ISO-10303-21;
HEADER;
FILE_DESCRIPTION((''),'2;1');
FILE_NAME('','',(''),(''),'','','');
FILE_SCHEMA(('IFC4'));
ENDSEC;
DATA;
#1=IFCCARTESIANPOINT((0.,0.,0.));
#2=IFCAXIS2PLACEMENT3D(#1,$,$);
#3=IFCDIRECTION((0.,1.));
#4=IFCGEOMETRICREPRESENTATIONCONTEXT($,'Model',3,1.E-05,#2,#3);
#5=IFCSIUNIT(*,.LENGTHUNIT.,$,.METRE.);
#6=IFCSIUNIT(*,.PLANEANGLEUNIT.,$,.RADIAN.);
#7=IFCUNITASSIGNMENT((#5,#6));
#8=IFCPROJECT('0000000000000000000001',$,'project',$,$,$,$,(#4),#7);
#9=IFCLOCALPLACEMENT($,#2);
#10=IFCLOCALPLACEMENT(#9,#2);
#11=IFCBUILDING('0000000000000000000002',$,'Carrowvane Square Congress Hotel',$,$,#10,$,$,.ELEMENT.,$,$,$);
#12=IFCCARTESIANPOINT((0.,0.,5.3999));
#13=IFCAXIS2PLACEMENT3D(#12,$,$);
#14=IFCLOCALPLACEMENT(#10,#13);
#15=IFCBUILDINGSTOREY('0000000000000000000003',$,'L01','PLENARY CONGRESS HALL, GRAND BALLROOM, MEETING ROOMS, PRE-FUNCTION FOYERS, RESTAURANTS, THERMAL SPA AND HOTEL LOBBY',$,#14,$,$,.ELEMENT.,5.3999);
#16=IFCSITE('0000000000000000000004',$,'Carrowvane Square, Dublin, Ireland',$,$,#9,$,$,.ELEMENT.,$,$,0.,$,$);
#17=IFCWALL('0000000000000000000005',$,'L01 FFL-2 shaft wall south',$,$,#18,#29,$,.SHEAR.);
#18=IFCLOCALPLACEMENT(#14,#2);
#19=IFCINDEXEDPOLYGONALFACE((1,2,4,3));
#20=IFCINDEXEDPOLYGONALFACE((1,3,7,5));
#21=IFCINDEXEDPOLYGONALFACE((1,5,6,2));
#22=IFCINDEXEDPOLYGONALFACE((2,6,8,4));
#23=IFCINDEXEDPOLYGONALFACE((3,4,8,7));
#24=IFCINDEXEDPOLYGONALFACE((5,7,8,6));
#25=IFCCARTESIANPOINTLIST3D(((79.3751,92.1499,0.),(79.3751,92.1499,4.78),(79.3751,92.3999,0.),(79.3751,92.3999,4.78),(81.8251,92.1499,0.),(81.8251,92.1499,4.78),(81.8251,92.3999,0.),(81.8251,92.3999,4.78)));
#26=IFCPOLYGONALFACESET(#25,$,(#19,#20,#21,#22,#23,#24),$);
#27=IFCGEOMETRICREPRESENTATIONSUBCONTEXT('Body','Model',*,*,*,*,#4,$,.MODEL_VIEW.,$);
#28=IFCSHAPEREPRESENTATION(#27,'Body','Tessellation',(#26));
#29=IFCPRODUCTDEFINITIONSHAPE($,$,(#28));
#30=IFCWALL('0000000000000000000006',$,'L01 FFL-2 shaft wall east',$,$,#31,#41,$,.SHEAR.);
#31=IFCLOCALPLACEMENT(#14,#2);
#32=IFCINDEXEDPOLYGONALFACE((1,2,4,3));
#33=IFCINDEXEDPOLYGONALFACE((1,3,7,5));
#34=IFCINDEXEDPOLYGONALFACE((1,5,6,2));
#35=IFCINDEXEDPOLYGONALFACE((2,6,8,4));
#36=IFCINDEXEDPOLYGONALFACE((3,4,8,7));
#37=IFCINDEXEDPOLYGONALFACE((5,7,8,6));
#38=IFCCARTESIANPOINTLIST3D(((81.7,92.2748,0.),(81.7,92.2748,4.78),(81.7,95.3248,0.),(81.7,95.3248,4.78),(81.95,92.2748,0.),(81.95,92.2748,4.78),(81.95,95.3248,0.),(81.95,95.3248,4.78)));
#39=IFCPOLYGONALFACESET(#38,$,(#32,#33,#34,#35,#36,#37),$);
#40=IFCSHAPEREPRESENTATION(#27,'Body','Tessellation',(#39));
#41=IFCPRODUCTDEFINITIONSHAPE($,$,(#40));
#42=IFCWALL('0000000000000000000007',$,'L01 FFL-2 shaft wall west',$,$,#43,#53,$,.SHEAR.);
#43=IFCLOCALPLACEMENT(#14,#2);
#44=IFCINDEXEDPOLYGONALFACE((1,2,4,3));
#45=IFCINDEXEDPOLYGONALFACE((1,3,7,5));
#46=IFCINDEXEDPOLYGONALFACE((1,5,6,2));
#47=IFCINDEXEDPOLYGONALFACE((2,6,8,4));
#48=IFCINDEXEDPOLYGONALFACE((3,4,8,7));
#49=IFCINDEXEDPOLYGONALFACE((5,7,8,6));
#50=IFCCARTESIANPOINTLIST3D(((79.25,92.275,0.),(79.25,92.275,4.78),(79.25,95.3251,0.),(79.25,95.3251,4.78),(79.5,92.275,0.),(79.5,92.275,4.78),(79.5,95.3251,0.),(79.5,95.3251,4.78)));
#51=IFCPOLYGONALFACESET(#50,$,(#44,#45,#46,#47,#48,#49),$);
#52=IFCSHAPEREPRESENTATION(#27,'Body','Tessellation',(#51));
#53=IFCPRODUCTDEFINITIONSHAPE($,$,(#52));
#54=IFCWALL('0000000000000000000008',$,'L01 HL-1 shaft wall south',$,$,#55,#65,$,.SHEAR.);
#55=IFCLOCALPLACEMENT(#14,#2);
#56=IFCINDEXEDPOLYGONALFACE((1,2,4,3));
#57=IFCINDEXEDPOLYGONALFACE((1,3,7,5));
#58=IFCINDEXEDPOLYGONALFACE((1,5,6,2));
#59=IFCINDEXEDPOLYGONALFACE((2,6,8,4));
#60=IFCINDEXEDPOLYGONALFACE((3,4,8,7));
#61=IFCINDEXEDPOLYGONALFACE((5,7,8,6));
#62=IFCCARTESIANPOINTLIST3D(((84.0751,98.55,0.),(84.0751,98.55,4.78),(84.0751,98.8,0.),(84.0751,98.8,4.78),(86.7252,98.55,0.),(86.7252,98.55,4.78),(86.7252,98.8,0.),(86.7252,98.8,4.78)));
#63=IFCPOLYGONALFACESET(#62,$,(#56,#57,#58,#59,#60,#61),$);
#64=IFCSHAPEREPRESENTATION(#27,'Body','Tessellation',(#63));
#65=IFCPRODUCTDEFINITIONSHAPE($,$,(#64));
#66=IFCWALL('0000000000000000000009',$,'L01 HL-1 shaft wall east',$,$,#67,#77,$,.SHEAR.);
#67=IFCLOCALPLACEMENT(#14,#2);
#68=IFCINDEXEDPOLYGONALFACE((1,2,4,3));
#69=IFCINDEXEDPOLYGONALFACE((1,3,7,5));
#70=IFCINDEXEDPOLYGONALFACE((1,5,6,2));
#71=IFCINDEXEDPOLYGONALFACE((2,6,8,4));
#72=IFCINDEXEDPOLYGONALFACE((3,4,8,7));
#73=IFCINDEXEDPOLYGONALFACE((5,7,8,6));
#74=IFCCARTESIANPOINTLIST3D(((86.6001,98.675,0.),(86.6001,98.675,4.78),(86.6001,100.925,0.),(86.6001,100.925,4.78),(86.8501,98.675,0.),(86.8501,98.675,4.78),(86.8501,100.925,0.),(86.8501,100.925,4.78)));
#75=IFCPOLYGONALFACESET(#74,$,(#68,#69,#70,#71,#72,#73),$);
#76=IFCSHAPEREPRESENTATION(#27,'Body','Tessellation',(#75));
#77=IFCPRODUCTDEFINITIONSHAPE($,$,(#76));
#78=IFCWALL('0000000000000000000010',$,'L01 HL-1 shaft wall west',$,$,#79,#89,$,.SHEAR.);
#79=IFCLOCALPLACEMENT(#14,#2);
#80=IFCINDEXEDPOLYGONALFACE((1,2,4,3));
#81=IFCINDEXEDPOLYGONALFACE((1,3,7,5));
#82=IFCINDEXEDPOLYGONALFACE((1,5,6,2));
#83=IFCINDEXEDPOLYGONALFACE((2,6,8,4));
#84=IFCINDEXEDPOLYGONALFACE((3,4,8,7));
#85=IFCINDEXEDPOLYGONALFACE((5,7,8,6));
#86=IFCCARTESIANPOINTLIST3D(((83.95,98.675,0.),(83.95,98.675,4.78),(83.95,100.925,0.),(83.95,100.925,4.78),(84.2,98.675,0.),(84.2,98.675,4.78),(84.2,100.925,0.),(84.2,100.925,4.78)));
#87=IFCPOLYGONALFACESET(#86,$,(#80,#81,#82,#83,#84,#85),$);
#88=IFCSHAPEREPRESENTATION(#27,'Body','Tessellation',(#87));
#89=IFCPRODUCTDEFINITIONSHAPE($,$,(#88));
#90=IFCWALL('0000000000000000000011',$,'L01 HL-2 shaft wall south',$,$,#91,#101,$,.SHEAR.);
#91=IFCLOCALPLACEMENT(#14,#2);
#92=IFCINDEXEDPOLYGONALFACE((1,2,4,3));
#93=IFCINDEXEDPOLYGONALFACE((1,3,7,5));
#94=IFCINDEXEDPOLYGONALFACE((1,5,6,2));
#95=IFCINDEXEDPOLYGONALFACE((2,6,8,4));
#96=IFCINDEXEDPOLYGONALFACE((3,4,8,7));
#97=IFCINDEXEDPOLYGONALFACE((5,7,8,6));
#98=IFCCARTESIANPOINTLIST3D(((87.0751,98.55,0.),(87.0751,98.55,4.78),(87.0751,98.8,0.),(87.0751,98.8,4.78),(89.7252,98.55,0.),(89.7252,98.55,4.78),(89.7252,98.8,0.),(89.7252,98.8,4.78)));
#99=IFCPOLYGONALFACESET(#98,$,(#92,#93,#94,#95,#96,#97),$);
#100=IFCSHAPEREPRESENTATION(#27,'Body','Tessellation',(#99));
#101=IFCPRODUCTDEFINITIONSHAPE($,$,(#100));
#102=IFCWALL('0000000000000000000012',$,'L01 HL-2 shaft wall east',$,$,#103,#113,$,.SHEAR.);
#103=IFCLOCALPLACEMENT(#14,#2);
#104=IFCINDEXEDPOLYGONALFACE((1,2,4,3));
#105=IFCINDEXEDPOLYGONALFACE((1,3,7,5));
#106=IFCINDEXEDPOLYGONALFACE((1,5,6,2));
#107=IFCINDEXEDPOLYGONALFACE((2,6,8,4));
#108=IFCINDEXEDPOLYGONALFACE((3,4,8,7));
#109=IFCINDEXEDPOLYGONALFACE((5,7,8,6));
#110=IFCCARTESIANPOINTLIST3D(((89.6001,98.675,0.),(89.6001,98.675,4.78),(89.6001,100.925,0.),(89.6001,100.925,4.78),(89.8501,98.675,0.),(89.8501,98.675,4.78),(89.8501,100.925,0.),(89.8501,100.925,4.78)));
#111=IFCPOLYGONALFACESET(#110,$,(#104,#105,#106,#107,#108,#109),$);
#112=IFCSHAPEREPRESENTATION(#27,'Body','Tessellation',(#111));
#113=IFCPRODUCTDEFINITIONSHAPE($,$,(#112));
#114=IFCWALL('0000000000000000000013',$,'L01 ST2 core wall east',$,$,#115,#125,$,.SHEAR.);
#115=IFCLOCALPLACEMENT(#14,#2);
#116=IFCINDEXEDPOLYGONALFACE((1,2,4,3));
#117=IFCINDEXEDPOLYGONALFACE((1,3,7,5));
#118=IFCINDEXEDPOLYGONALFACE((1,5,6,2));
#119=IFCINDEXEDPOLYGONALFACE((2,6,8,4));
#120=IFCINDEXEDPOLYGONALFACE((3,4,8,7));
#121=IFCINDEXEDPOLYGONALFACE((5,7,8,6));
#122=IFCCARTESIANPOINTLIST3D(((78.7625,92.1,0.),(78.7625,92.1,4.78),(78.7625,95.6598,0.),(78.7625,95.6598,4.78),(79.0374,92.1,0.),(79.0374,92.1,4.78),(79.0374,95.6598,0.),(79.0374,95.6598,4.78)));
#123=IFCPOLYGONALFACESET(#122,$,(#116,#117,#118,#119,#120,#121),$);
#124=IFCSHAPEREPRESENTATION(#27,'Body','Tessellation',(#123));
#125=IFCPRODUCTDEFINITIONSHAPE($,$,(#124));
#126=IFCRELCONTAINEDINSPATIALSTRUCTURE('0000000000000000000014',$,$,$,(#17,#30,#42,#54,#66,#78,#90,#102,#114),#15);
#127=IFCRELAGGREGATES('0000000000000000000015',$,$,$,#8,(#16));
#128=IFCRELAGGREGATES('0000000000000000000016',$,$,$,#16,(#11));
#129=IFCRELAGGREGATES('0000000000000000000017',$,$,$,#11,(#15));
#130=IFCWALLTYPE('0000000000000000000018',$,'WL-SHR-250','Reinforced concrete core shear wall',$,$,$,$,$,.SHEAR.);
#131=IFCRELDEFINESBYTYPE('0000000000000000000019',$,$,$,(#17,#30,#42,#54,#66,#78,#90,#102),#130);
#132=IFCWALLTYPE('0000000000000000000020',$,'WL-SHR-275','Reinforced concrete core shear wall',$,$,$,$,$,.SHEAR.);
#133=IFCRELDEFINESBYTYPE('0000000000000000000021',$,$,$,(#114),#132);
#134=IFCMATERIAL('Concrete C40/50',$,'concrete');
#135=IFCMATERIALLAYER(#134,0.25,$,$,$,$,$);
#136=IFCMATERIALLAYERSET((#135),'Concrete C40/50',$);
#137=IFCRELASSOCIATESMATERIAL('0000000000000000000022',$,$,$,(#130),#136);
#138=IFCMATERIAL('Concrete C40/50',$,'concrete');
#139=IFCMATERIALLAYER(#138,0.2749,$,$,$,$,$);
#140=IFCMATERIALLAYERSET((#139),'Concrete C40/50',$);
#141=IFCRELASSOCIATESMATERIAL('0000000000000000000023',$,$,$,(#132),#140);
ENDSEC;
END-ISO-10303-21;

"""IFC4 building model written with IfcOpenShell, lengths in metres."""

from ifc_helpers import new_model, si_unit, direction, frame, frame_2d, origin, place, context, subcontext, project, spatial, rectangle, extrude, material, layer, layer_set, type_object, element, save


model = new_model("IFC4")

# Units and contexts
model_context = context("Model", 3, precision=1e-05, world=origin(), true_north=direction((0.0, 1.0)))
body_context = subcontext(model_context, "Body", "Model", "MODEL_VIEW")
ifc_project = project(units=[si_unit("LENGTHUNIT", "METRE"), si_unit("PLANEANGLEUNIT", "RADIAN")], contexts=[model_context])

# Site, building, storey
site_placement = place(None, origin())
site = spatial("IfcSite", under=ifc_project, at=site_placement, Name="Carrowvane Square, Dublin, Ireland", CompositionType="ELEMENT", RefElevation=0.0)
building_placement = place(site_placement, origin())
building = spatial("IfcBuilding", under=site, at=building_placement, Name="Carrowvane Square Congress Hotel", CompositionType="ELEMENT")
storey_placement = place(building_placement, frame((0.0, 0.0, 5.3999)))
storey = spatial("IfcBuildingStorey", under=building, at=storey_placement, Name="L01", Description="PLENARY CONGRESS HALL, GRAND BALLROOM, MEETING ROOMS, PRE-FUNCTION FOYERS, RESTAURANTS, THERMAL SPA AND HOTEL LOBBY", CompositionType="ELEMENT", Elevation=5.3999)

# Shared definitions
ifc_material_1 = material(Name="Concrete C40/50", Category="concrete")
ifc_layer_1 = layer(ifc_material_1, 0.25)
ifc_layer_set_1 = layer_set([ifc_layer_1], Name="Concrete C40/50")
wall_type_1 = type_object("IfcWallType", Name="WL-SHR-250", Description="Reinforced concrete core shear wall", PredefinedType="SHEAR", material=ifc_layer_set_1)

# Walls
wall_1_placement = place(storey_placement, frame((79.375, 92.2749, 0.0), z_axis=(0.0, 0.0, 1.0), x_axis=(1.0, 0.0, 0.0)))
element("IfcWall", 1, at=wall_1_placement, inside=storey, type_object=wall_type_1, Name="L01 FFL-2 shaft wall south", PredefinedType="SHEAR", context=body_context, shape_type="SweptSolid", body=[
    extrude(rectangle(XDim=2.45, YDim=0.25, at=frame_2d((1.2251, 0.0))), origin(), (0.0, 0.0, 1.0), 4.78),
])
wall_2_placement = place(storey_placement, frame((81.825, 92.2749, 0.0), z_axis=(0.0, 0.0, 1.0), x_axis=(0.0, 1.0, 0.0)))
element("IfcWall", 2, at=wall_2_placement, inside=storey, type_object=wall_type_1, Name="L01 FFL-2 shaft wall east", PredefinedType="SHEAR", context=body_context, shape_type="SweptSolid", body=[
    extrude(rectangle(XDim=3.05, YDim=0.25, at=frame_2d((1.5249, 0.0))), origin(), (0.0, 0.0, 1.0), 4.78),
])

# Walls
wall_3_placement = place(storey_placement, frame((79.375, 95.325, 0.0), z_axis=(0.0, 0.0, 1.0), x_axis=(0.0, -1.0, 0.0)))
element("IfcWall", 3, at=wall_3_placement, inside=storey, type_object=wall_type_1, Name="L01 FFL-2 shaft wall west", PredefinedType="SHEAR", context=body_context, shape_type="SweptSolid", body=[
    extrude(rectangle(XDim=3.05, YDim=0.25, at=frame_2d((1.5249, 0.0))), origin(), (0.0, 0.0, 1.0), 4.78),
])
wall_4_placement = place(storey_placement, frame((84.075, 98.675, 0.0), z_axis=(0.0, 0.0, 1.0), x_axis=(1.0, 0.0, 0.0)))
element("IfcWall", 4, at=wall_4_placement, inside=storey, type_object=wall_type_1, Name="L01 HL-1 shaft wall south", PredefinedType="SHEAR", context=body_context, shape_type="SweptSolid", body=[
    extrude(rectangle(XDim=2.6501, YDim=0.25, at=frame_2d((1.3252, 0.0))), origin(), (0.0, 0.0, 1.0), 4.78),
])
wall_5_placement = place(storey_placement, frame((86.7251, 98.675, 0.0), z_axis=(0.0, 0.0, 1.0), x_axis=(0.0, 1.0, 0.0)))
element("IfcWall", 5, at=wall_5_placement, inside=storey, type_object=wall_type_1, Name="L01 HL-1 shaft wall east", PredefinedType="SHEAR", context=body_context, shape_type="SweptSolid", body=[
    extrude(rectangle(XDim=2.25, YDim=0.25, at=frame_2d((1.125, 0.0))), origin(), (0.0, 0.0, 1.0), 4.78),
])

# Walls
wall_6_placement = place(storey_placement, frame((84.075, 100.925, 0.0), z_axis=(0.0, 0.0, 1.0), x_axis=(0.0, -1.0, 0.0)))
element("IfcWall", 6, at=wall_6_placement, inside=storey, type_object=wall_type_1, Name="L01 HL-1 shaft wall west", PredefinedType="SHEAR", context=body_context, shape_type="SweptSolid", body=[
    extrude(rectangle(XDim=2.25, YDim=0.25, at=frame_2d((1.125, 0.0))), origin(), (0.0, 0.0, 1.0), 4.78),
])
wall_7_placement = place(storey_placement, frame((87.075, 98.675, 0.0), z_axis=(0.0, 0.0, 1.0), x_axis=(1.0, 0.0, 0.0)))
element("IfcWall", 7, at=wall_7_placement, inside=storey, type_object=wall_type_1, Name="L01 HL-2 shaft wall south", PredefinedType="SHEAR", context=body_context, shape_type="SweptSolid", body=[
    extrude(rectangle(XDim=2.6501, YDim=0.25, at=frame_2d((1.3252, 0.0))), origin(), (0.0, 0.0, 1.0), 4.78),
])
wall_8_placement = place(storey_placement, frame((89.7251, 98.675, 0.0), z_axis=(0.0, 0.0, 1.0), x_axis=(0.0, 1.0, 0.0)))
element("IfcWall", 8, at=wall_8_placement, inside=storey, type_object=wall_type_1, Name="L01 HL-2 shaft wall east", PredefinedType="SHEAR", context=body_context, shape_type="SweptSolid", body=[
    extrude(rectangle(XDim=2.25, YDim=0.25, at=frame_2d((1.125, 0.0))), origin(), (0.0, 0.0, 1.0), 4.78),
])
ifc_material_2 = material(Name="Concrete C40/50", Category="concrete")
ifc_layer_2 = layer(ifc_material_2, 0.2749)
ifc_layer_set_2 = layer_set([ifc_layer_2], Name="Concrete C40/50")
wall_type_2 = type_object("IfcWallType", Name="WL-SHR-275", Description="Reinforced concrete core shear wall", PredefinedType="SHEAR", material=ifc_layer_set_2)
wall_9_placement = place(storey_placement, frame((78.8999, 92.1001, 0.0), z_axis=(0.0, 0.0, 1.0), x_axis=(0.0, 1.0, 0.0)))
element("IfcWall", 9, at=wall_9_placement, inside=storey, type_object=wall_type_2, Name="L01 ST2 core wall east", PredefinedType="SHEAR", context=body_context, shape_type="SweptSolid", body=[
    extrude(rectangle(XDim=3.5598, YDim=0.2749, at=frame_2d((1.7798, 0.0))), origin(), (0.0, 0.0, 1.0), 4.78),
])

save(model, "model.ifc")
